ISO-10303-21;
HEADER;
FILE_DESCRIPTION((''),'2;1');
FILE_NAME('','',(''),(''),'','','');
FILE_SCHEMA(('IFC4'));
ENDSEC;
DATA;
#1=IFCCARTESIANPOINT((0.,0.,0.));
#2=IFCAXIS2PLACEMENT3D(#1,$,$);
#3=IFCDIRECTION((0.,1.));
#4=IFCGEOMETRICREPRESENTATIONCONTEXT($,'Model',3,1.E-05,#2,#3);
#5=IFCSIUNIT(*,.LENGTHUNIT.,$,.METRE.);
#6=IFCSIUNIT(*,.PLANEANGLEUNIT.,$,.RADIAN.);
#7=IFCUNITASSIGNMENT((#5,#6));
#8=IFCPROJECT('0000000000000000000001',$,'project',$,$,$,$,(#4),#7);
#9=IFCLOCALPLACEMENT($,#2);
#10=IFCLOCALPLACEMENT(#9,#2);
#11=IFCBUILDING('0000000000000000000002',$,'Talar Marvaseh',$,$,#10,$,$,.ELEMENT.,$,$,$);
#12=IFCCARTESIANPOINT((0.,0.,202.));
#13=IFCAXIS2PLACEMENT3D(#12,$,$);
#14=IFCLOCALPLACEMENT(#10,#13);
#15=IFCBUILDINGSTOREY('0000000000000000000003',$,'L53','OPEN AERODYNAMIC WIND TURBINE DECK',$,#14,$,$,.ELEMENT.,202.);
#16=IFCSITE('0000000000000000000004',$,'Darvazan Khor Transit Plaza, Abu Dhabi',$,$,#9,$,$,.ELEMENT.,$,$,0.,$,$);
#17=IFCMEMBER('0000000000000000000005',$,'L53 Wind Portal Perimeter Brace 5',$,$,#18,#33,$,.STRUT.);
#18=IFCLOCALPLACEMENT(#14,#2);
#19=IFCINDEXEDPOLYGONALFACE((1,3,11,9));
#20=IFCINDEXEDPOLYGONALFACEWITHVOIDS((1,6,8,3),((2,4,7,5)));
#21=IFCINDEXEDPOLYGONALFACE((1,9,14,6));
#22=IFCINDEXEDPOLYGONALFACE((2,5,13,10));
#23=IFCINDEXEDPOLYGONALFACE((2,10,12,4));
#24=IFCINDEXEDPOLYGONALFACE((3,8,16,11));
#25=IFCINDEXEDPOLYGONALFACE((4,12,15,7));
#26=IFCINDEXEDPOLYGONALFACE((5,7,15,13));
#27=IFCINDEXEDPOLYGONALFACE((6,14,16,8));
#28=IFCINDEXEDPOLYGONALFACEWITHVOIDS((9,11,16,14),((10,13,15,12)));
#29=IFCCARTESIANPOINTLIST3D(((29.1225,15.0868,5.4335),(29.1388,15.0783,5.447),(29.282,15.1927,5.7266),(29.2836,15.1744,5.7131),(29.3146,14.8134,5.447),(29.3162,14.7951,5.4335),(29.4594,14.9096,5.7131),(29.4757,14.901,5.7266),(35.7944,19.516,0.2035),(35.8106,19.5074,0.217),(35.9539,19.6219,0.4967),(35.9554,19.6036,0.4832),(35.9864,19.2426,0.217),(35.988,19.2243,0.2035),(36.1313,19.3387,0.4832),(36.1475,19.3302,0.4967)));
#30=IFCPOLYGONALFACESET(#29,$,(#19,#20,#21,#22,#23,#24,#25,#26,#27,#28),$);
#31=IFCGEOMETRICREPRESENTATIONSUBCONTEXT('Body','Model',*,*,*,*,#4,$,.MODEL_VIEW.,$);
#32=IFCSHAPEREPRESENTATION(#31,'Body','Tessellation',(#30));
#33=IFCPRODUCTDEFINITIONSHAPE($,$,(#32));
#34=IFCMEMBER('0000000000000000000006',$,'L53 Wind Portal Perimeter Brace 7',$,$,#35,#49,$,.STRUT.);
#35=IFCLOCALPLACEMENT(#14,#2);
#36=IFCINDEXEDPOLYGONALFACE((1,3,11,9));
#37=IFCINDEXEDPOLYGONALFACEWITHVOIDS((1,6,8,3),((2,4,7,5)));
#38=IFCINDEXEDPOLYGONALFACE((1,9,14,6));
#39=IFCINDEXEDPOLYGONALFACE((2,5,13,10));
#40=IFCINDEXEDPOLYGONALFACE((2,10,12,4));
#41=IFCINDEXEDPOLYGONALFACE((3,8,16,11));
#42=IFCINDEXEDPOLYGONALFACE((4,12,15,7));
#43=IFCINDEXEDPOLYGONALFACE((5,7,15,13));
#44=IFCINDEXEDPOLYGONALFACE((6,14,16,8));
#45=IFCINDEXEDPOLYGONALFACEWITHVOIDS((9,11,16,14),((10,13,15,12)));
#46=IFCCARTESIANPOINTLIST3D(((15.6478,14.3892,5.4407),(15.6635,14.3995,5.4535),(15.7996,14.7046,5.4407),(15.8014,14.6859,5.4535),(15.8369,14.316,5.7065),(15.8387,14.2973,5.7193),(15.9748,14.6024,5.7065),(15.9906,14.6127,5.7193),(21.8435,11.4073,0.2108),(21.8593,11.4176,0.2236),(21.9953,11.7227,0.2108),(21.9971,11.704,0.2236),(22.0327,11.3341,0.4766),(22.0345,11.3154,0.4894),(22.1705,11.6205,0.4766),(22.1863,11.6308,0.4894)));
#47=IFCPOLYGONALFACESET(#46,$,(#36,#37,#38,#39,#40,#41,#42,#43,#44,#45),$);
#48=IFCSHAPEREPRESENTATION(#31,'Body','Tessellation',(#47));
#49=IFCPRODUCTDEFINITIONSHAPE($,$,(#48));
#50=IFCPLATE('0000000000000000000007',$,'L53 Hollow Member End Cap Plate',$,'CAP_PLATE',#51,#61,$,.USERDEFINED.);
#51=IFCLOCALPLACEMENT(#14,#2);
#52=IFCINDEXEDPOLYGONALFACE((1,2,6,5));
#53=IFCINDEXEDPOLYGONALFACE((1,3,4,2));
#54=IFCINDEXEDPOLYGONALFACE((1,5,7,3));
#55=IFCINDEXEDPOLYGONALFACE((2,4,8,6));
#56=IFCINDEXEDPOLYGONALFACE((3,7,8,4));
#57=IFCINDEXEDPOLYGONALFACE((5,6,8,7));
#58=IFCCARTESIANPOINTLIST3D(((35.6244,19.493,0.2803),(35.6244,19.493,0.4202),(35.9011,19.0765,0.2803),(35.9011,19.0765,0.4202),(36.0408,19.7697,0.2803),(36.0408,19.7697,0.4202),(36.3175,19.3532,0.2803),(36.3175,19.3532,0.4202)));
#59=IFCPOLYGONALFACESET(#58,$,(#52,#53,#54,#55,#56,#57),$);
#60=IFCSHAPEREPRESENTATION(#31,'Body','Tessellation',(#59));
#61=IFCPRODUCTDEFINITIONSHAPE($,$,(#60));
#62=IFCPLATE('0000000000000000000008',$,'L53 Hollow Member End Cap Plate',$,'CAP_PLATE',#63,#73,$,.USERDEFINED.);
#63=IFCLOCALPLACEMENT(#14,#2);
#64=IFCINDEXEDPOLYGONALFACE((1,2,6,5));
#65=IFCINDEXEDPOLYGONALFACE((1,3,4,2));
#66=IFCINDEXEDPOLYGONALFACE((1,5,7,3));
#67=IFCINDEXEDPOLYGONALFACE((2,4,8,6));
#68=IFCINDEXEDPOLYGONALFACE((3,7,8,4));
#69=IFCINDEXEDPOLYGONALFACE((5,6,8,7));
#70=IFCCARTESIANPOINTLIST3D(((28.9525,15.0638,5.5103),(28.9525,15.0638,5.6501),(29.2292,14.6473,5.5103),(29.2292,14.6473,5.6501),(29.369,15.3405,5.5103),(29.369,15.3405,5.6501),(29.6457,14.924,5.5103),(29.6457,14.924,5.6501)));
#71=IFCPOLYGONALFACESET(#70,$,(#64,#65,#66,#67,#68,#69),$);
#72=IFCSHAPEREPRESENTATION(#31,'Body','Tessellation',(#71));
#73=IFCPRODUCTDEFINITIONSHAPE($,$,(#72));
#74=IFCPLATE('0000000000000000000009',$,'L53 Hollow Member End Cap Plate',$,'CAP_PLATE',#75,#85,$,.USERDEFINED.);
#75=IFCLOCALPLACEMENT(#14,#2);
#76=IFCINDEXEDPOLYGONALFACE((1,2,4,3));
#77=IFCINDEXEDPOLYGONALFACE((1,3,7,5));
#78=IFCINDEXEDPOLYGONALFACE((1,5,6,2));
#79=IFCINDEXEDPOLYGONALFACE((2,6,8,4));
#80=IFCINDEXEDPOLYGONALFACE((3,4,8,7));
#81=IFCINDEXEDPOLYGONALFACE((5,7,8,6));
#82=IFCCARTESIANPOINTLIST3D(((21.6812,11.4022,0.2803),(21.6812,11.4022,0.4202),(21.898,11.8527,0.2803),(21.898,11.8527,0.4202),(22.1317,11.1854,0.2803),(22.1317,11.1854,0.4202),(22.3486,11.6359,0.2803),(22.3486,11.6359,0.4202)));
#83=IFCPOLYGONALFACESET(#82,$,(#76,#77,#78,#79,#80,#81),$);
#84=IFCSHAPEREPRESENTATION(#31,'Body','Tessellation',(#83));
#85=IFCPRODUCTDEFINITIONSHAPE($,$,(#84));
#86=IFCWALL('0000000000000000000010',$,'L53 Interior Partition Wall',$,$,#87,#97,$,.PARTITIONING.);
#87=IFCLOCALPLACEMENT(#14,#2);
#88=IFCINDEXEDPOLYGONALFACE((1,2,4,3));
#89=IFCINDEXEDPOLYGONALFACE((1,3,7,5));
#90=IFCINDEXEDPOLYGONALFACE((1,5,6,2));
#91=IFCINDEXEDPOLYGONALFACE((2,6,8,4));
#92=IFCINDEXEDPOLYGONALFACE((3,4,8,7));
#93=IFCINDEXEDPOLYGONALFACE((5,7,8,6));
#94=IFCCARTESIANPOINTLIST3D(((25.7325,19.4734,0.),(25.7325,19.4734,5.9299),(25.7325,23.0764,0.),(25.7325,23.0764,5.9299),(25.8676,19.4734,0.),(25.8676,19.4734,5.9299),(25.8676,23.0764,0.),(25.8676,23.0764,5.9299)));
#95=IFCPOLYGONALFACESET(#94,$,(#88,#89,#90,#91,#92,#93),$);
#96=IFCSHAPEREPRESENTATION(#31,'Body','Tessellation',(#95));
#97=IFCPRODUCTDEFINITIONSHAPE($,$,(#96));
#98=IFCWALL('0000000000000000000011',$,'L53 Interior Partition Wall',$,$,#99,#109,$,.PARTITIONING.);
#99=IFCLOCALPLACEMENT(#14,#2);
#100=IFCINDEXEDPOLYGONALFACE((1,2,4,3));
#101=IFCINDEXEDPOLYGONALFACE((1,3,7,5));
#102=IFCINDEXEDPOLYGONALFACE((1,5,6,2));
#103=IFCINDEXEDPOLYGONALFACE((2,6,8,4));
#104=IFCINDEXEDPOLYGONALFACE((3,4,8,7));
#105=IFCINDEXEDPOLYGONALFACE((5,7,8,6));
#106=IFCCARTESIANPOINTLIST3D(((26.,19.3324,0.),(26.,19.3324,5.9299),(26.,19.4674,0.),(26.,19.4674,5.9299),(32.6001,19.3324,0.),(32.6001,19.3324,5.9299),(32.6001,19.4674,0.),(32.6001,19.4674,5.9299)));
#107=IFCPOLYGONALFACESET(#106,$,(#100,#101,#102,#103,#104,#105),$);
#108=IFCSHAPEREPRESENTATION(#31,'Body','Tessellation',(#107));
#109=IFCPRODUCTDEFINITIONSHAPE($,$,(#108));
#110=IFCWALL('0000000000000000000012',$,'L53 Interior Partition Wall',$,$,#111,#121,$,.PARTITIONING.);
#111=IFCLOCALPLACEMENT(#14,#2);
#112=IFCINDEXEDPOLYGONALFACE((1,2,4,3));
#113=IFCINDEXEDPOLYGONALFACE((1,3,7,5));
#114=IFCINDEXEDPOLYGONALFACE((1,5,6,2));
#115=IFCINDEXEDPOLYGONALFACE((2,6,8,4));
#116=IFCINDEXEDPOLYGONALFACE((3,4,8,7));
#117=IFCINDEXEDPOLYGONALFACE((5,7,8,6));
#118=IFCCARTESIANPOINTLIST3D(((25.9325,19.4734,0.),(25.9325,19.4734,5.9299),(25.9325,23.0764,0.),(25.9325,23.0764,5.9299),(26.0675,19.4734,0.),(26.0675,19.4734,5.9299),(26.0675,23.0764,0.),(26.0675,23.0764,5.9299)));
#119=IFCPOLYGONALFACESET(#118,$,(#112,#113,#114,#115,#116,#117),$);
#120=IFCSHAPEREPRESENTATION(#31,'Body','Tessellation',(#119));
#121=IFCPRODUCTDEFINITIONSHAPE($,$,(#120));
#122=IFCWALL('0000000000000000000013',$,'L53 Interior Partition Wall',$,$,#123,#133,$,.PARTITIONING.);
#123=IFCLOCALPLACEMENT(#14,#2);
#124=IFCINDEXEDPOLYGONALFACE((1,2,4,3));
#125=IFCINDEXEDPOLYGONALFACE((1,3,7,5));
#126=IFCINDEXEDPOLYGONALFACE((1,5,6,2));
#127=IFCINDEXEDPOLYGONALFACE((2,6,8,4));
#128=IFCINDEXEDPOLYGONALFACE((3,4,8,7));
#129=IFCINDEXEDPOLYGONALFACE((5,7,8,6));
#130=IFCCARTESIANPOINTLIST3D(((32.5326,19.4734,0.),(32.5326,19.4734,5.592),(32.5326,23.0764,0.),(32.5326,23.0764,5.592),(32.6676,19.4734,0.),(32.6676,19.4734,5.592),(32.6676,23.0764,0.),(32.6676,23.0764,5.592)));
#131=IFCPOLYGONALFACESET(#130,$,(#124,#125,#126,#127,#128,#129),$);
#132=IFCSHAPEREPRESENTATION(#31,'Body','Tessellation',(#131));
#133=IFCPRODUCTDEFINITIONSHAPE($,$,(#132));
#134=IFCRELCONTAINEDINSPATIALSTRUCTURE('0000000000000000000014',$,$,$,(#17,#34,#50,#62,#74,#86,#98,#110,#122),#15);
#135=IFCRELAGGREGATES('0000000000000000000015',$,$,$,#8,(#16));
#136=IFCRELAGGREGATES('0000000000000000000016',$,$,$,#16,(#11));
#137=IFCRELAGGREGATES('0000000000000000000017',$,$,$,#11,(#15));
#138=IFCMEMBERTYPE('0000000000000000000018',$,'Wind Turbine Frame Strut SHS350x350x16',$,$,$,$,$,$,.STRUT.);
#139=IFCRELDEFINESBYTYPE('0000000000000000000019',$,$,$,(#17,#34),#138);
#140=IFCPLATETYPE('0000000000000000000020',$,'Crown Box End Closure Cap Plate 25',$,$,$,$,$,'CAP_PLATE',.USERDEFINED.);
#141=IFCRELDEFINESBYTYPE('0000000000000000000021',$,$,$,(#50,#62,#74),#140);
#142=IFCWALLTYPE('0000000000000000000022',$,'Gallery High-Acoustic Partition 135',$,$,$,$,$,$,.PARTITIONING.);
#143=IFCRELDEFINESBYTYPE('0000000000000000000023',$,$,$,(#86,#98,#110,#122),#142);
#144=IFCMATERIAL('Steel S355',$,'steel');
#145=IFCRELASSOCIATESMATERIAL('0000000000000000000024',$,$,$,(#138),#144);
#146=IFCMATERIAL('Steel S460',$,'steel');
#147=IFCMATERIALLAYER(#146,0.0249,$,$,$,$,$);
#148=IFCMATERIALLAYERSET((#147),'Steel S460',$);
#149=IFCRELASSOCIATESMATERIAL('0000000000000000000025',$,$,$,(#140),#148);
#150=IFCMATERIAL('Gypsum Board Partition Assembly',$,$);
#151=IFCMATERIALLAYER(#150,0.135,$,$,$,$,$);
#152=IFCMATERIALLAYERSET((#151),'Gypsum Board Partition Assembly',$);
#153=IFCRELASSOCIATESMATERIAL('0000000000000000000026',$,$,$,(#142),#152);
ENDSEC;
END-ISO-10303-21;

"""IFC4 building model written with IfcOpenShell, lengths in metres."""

from ifc_helpers import new_model, si_unit, direction, frame, frame_2d, origin, origin_2d, place, context, subcontext, project, spatial, rectangle, hollow_rectangle, extrude, source, transform, mapped, material, layer, layer_set, material_profile, profile_set, type_object, type_shapes, element, save


model = new_model("IFC4")

# Units and contexts
model_context = context("Model", 3, precision=1e-05, world=origin(), true_north=direction((0.0, 1.0)))
body_context = subcontext(model_context, "Body", "Model", "MODEL_VIEW")
ifc_project = project(units=[si_unit("LENGTHUNIT", "METRE"), si_unit("PLANEANGLEUNIT", "RADIAN")], contexts=[model_context])

# Site, building, storey
site_placement = place(None, origin())
site = spatial("IfcSite", under=ifc_project, at=site_placement, Name="Darvazan Khor Transit Plaza, Abu Dhabi", CompositionType="ELEMENT", RefElevation=0.0)
building_placement = place(site_placement, origin())
building = spatial("IfcBuilding", under=site, at=building_placement, Name="Talar Marvaseh", CompositionType="ELEMENT")
storey_placement = place(building_placement, frame((0.0, 0.0, 202.0)))
storey = spatial("IfcBuildingStorey", under=building, at=storey_placement, Name="L53", Description="OPEN AERODYNAMIC WIND TURBINE DECK", CompositionType="ELEMENT", Elevation=202.0)

# Shared definitions
ifc_material_1 = material(Name="Steel S460", Category="steel")

# Shared definitions
ifc_material_2 = material(Name="Steel S355", Category="steel")

# Members
ifc_material_profile_1 = material_profile(ifc_material_2, hollow_rectangle(XDim=0.3501, YDim=0.3501, WallThickness=0.0161, at=origin_2d()), Name="SHS350x350x16")
ifc_profile_set_1 = profile_set([ifc_material_profile_1], Name="Steel S355")
member_type = type_object("IfcMemberType", Name="Wind Turbine Frame Strut SHS350x350x16", PredefinedType="STRUT", material=ifc_profile_set_1)
shared_shape_1 = source(origin(), body_context, "Body", "SweptSolid", [
    extrude(hollow_rectangle(XDim=0.3501, YDim=0.3501, WallThickness=0.0161, at=origin_2d()), origin(), (0.0, 0.0, 1.0), 9.5647),
])
member_1_placement = place(storey_placement, frame((35.9709, 19.4231, 0.3501), z_axis=(-0.697548, -0.463075, 0.546797), x_axis=(0.553081, -0.833127, 0.0)))
element("IfcMember", 1, at=member_1_placement, inside=storey, type_object=member_type, Name="L53 Wind Portal Perimeter Brace 5", PredefinedType="STRUT", context=body_context, shape_type="MappedRepresentation", body=[
    mapped(shared_shape_1, transform((0.0, 0.0, 0.0), x_axis=(1.0, 0.0, 0.0), y_axis=(0.0, 1.0, 0.0), z_axis=(0.0, 0.0, 1.0), scale=1.0)),
])
shared_shape_2 = source(origin(), body_context, "Body", "SweptSolid", [
    extrude(hollow_rectangle(XDim=0.3501, YDim=0.3501, WallThickness=0.0161, at=origin_2d()), origin(), (0.0, 0.0, 1.0), 8.6389),
])
type_shapes(member_type, [shared_shape_1, shared_shape_2])
member_2_placement = place(storey_placement, frame((22.0149, 11.519, 0.3501), z_axis=(-0.717188, 0.345171, 0.605391), x_axis=(-0.43367, -0.901072, 0.0)))
element("IfcMember", 2, at=member_2_placement, inside=storey, type_object=member_type, Name="L53 Wind Portal Perimeter Brace 7", PredefinedType="STRUT", context=body_context, shape_type="MappedRepresentation", body=[
    mapped(shared_shape_2, transform((0.0, 0.0, 0.0), x_axis=(1.0, 0.0, 0.0), y_axis=(0.0, 1.0, 0.0), z_axis=(0.0, 0.0, 1.0), scale=1.0)),
])

# Plates
ifc_layer_1 = layer(ifc_material_1, 0.0249)
ifc_layer_set_1 = layer_set([ifc_layer_1], Name="Steel S460")
plate_type = type_object("IfcPlateType", Name="Crown Box End Closure Cap Plate 25", ElementType="CAP_PLATE", PredefinedType="USERDEFINED", material=ifc_layer_set_1)
shared_shape_3 = source(origin(), body_context, "Body", "SweptSolid", [
    extrude(rectangle(XDim=0.5, YDim=0.5, at=origin_2d()), origin(), (0.0, 0.0, 1.0), 0.1399),
])
type_shapes(plate_type, [shared_shape_3])
for number, where, z_axis, x_axis, name in (
    (3, (35.9709, 19.4231, 0.2803), (0.0, 0.0, 1.0), (-0.832921, -0.553392, 0.0), "L53 Hollow Member End Cap Plate"),
    (4, (29.2991, 14.9939, 5.5103), (0.0, 0.0, 1.0), (-0.832921, -0.553392, 0.0), "L53 Hollow Member End Cap Plate"),
    (5, (22.0149, 11.519, 0.2803), (0.0, 0.0, 1.0), (-0.901077, 0.433659, 0.0), "L53 Hollow Member End Cap Plate"),
):
    element("IfcPlate", number, at=place(storey_placement, frame(where, z_axis=z_axis, x_axis=x_axis)), inside=storey, type_object=plate_type, Name=name, ObjectType="CAP_PLATE", PredefinedType="USERDEFINED", context=body_context, shape_type="MappedRepresentation", body=[
        mapped(shared_shape_3, transform((0.0, 0.0, 0.0), x_axis=(1.0, 0.0, 0.0), y_axis=(0.0, 1.0, 0.0), z_axis=(0.0, 0.0, 1.0), scale=1.0)),
    ])

# Walls
ifc_material_3 = material(Name="Gypsum Board Partition Assembly")
ifc_layer_2 = layer(ifc_material_3, 0.135)
ifc_layer_set_2 = layer_set([ifc_layer_2], Name="Gypsum Board Partition Assembly")
wall_type = type_object("IfcWallType", Name="Gallery High-Acoustic Partition 135", PredefinedType="PARTITIONING", material=ifc_layer_set_2)
wall_1_placement = place(storey_placement, frame((25.8, 19.4734, 0.0), z_axis=(0.0, 0.0, 1.0), x_axis=(0.0, 1.0, 0.0)))
element("IfcWall", 6, at=wall_1_placement, inside=storey, type_object=wall_type, Name="L53 Interior Partition Wall", PredefinedType="PARTITIONING", context=body_context, shape_type="SweptSolid", body=[
    extrude(rectangle(XDim=3.603, YDim=0.135, at=frame_2d((1.8015, 0.0))), origin(), (0.0, 0.0, 1.0), 5.9299),
])
wall_2_placement = place(storey_placement, frame((26.0, 19.3999, 0.0), z_axis=(0.0, 0.0, 1.0), x_axis=(1.0, 0.0, 0.0)))
element("IfcWall", 7, at=wall_2_placement, inside=storey, type_object=wall_type, Name="L53 Interior Partition Wall", PredefinedType="PARTITIONING", context=body_context, shape_type="SweptSolid", body=[
    extrude(rectangle(XDim=6.6001, YDim=0.135, at=frame_2d((3.3, 0.0))), origin(), (0.0, 0.0, 1.0), 5.9299),
])
wall_3_placement = place(storey_placement, frame((26.0, 19.4734, 0.0), z_axis=(0.0, 0.0, 1.0), x_axis=(0.0, 1.0, 0.0)))
element("IfcWall", 8, at=wall_3_placement, inside=storey, type_object=wall_type, Name="L53 Interior Partition Wall", PredefinedType="PARTITIONING", context=body_context, shape_type="SweptSolid", body=[
    extrude(rectangle(XDim=3.603, YDim=0.135, at=frame_2d((1.8015, 0.0))), origin(), (0.0, 0.0, 1.0), 5.9299),
])
wall_4_placement = place(storey_placement, frame((32.6001, 19.4734, 0.0), z_axis=(0.0, 0.0, 1.0), x_axis=(0.0, 1.0, 0.0)))
element("IfcWall", 9, at=wall_4_placement, inside=storey, type_object=wall_type, Name="L53 Interior Partition Wall", PredefinedType="PARTITIONING", context=body_context, shape_type="SweptSolid", body=[
    extrude(rectangle(XDim=3.603, YDim=0.135, at=frame_2d((1.8015, 0.0))), origin(), (0.0, 0.0, 1.0), 5.592),
])

save(model, "model.ifc")
